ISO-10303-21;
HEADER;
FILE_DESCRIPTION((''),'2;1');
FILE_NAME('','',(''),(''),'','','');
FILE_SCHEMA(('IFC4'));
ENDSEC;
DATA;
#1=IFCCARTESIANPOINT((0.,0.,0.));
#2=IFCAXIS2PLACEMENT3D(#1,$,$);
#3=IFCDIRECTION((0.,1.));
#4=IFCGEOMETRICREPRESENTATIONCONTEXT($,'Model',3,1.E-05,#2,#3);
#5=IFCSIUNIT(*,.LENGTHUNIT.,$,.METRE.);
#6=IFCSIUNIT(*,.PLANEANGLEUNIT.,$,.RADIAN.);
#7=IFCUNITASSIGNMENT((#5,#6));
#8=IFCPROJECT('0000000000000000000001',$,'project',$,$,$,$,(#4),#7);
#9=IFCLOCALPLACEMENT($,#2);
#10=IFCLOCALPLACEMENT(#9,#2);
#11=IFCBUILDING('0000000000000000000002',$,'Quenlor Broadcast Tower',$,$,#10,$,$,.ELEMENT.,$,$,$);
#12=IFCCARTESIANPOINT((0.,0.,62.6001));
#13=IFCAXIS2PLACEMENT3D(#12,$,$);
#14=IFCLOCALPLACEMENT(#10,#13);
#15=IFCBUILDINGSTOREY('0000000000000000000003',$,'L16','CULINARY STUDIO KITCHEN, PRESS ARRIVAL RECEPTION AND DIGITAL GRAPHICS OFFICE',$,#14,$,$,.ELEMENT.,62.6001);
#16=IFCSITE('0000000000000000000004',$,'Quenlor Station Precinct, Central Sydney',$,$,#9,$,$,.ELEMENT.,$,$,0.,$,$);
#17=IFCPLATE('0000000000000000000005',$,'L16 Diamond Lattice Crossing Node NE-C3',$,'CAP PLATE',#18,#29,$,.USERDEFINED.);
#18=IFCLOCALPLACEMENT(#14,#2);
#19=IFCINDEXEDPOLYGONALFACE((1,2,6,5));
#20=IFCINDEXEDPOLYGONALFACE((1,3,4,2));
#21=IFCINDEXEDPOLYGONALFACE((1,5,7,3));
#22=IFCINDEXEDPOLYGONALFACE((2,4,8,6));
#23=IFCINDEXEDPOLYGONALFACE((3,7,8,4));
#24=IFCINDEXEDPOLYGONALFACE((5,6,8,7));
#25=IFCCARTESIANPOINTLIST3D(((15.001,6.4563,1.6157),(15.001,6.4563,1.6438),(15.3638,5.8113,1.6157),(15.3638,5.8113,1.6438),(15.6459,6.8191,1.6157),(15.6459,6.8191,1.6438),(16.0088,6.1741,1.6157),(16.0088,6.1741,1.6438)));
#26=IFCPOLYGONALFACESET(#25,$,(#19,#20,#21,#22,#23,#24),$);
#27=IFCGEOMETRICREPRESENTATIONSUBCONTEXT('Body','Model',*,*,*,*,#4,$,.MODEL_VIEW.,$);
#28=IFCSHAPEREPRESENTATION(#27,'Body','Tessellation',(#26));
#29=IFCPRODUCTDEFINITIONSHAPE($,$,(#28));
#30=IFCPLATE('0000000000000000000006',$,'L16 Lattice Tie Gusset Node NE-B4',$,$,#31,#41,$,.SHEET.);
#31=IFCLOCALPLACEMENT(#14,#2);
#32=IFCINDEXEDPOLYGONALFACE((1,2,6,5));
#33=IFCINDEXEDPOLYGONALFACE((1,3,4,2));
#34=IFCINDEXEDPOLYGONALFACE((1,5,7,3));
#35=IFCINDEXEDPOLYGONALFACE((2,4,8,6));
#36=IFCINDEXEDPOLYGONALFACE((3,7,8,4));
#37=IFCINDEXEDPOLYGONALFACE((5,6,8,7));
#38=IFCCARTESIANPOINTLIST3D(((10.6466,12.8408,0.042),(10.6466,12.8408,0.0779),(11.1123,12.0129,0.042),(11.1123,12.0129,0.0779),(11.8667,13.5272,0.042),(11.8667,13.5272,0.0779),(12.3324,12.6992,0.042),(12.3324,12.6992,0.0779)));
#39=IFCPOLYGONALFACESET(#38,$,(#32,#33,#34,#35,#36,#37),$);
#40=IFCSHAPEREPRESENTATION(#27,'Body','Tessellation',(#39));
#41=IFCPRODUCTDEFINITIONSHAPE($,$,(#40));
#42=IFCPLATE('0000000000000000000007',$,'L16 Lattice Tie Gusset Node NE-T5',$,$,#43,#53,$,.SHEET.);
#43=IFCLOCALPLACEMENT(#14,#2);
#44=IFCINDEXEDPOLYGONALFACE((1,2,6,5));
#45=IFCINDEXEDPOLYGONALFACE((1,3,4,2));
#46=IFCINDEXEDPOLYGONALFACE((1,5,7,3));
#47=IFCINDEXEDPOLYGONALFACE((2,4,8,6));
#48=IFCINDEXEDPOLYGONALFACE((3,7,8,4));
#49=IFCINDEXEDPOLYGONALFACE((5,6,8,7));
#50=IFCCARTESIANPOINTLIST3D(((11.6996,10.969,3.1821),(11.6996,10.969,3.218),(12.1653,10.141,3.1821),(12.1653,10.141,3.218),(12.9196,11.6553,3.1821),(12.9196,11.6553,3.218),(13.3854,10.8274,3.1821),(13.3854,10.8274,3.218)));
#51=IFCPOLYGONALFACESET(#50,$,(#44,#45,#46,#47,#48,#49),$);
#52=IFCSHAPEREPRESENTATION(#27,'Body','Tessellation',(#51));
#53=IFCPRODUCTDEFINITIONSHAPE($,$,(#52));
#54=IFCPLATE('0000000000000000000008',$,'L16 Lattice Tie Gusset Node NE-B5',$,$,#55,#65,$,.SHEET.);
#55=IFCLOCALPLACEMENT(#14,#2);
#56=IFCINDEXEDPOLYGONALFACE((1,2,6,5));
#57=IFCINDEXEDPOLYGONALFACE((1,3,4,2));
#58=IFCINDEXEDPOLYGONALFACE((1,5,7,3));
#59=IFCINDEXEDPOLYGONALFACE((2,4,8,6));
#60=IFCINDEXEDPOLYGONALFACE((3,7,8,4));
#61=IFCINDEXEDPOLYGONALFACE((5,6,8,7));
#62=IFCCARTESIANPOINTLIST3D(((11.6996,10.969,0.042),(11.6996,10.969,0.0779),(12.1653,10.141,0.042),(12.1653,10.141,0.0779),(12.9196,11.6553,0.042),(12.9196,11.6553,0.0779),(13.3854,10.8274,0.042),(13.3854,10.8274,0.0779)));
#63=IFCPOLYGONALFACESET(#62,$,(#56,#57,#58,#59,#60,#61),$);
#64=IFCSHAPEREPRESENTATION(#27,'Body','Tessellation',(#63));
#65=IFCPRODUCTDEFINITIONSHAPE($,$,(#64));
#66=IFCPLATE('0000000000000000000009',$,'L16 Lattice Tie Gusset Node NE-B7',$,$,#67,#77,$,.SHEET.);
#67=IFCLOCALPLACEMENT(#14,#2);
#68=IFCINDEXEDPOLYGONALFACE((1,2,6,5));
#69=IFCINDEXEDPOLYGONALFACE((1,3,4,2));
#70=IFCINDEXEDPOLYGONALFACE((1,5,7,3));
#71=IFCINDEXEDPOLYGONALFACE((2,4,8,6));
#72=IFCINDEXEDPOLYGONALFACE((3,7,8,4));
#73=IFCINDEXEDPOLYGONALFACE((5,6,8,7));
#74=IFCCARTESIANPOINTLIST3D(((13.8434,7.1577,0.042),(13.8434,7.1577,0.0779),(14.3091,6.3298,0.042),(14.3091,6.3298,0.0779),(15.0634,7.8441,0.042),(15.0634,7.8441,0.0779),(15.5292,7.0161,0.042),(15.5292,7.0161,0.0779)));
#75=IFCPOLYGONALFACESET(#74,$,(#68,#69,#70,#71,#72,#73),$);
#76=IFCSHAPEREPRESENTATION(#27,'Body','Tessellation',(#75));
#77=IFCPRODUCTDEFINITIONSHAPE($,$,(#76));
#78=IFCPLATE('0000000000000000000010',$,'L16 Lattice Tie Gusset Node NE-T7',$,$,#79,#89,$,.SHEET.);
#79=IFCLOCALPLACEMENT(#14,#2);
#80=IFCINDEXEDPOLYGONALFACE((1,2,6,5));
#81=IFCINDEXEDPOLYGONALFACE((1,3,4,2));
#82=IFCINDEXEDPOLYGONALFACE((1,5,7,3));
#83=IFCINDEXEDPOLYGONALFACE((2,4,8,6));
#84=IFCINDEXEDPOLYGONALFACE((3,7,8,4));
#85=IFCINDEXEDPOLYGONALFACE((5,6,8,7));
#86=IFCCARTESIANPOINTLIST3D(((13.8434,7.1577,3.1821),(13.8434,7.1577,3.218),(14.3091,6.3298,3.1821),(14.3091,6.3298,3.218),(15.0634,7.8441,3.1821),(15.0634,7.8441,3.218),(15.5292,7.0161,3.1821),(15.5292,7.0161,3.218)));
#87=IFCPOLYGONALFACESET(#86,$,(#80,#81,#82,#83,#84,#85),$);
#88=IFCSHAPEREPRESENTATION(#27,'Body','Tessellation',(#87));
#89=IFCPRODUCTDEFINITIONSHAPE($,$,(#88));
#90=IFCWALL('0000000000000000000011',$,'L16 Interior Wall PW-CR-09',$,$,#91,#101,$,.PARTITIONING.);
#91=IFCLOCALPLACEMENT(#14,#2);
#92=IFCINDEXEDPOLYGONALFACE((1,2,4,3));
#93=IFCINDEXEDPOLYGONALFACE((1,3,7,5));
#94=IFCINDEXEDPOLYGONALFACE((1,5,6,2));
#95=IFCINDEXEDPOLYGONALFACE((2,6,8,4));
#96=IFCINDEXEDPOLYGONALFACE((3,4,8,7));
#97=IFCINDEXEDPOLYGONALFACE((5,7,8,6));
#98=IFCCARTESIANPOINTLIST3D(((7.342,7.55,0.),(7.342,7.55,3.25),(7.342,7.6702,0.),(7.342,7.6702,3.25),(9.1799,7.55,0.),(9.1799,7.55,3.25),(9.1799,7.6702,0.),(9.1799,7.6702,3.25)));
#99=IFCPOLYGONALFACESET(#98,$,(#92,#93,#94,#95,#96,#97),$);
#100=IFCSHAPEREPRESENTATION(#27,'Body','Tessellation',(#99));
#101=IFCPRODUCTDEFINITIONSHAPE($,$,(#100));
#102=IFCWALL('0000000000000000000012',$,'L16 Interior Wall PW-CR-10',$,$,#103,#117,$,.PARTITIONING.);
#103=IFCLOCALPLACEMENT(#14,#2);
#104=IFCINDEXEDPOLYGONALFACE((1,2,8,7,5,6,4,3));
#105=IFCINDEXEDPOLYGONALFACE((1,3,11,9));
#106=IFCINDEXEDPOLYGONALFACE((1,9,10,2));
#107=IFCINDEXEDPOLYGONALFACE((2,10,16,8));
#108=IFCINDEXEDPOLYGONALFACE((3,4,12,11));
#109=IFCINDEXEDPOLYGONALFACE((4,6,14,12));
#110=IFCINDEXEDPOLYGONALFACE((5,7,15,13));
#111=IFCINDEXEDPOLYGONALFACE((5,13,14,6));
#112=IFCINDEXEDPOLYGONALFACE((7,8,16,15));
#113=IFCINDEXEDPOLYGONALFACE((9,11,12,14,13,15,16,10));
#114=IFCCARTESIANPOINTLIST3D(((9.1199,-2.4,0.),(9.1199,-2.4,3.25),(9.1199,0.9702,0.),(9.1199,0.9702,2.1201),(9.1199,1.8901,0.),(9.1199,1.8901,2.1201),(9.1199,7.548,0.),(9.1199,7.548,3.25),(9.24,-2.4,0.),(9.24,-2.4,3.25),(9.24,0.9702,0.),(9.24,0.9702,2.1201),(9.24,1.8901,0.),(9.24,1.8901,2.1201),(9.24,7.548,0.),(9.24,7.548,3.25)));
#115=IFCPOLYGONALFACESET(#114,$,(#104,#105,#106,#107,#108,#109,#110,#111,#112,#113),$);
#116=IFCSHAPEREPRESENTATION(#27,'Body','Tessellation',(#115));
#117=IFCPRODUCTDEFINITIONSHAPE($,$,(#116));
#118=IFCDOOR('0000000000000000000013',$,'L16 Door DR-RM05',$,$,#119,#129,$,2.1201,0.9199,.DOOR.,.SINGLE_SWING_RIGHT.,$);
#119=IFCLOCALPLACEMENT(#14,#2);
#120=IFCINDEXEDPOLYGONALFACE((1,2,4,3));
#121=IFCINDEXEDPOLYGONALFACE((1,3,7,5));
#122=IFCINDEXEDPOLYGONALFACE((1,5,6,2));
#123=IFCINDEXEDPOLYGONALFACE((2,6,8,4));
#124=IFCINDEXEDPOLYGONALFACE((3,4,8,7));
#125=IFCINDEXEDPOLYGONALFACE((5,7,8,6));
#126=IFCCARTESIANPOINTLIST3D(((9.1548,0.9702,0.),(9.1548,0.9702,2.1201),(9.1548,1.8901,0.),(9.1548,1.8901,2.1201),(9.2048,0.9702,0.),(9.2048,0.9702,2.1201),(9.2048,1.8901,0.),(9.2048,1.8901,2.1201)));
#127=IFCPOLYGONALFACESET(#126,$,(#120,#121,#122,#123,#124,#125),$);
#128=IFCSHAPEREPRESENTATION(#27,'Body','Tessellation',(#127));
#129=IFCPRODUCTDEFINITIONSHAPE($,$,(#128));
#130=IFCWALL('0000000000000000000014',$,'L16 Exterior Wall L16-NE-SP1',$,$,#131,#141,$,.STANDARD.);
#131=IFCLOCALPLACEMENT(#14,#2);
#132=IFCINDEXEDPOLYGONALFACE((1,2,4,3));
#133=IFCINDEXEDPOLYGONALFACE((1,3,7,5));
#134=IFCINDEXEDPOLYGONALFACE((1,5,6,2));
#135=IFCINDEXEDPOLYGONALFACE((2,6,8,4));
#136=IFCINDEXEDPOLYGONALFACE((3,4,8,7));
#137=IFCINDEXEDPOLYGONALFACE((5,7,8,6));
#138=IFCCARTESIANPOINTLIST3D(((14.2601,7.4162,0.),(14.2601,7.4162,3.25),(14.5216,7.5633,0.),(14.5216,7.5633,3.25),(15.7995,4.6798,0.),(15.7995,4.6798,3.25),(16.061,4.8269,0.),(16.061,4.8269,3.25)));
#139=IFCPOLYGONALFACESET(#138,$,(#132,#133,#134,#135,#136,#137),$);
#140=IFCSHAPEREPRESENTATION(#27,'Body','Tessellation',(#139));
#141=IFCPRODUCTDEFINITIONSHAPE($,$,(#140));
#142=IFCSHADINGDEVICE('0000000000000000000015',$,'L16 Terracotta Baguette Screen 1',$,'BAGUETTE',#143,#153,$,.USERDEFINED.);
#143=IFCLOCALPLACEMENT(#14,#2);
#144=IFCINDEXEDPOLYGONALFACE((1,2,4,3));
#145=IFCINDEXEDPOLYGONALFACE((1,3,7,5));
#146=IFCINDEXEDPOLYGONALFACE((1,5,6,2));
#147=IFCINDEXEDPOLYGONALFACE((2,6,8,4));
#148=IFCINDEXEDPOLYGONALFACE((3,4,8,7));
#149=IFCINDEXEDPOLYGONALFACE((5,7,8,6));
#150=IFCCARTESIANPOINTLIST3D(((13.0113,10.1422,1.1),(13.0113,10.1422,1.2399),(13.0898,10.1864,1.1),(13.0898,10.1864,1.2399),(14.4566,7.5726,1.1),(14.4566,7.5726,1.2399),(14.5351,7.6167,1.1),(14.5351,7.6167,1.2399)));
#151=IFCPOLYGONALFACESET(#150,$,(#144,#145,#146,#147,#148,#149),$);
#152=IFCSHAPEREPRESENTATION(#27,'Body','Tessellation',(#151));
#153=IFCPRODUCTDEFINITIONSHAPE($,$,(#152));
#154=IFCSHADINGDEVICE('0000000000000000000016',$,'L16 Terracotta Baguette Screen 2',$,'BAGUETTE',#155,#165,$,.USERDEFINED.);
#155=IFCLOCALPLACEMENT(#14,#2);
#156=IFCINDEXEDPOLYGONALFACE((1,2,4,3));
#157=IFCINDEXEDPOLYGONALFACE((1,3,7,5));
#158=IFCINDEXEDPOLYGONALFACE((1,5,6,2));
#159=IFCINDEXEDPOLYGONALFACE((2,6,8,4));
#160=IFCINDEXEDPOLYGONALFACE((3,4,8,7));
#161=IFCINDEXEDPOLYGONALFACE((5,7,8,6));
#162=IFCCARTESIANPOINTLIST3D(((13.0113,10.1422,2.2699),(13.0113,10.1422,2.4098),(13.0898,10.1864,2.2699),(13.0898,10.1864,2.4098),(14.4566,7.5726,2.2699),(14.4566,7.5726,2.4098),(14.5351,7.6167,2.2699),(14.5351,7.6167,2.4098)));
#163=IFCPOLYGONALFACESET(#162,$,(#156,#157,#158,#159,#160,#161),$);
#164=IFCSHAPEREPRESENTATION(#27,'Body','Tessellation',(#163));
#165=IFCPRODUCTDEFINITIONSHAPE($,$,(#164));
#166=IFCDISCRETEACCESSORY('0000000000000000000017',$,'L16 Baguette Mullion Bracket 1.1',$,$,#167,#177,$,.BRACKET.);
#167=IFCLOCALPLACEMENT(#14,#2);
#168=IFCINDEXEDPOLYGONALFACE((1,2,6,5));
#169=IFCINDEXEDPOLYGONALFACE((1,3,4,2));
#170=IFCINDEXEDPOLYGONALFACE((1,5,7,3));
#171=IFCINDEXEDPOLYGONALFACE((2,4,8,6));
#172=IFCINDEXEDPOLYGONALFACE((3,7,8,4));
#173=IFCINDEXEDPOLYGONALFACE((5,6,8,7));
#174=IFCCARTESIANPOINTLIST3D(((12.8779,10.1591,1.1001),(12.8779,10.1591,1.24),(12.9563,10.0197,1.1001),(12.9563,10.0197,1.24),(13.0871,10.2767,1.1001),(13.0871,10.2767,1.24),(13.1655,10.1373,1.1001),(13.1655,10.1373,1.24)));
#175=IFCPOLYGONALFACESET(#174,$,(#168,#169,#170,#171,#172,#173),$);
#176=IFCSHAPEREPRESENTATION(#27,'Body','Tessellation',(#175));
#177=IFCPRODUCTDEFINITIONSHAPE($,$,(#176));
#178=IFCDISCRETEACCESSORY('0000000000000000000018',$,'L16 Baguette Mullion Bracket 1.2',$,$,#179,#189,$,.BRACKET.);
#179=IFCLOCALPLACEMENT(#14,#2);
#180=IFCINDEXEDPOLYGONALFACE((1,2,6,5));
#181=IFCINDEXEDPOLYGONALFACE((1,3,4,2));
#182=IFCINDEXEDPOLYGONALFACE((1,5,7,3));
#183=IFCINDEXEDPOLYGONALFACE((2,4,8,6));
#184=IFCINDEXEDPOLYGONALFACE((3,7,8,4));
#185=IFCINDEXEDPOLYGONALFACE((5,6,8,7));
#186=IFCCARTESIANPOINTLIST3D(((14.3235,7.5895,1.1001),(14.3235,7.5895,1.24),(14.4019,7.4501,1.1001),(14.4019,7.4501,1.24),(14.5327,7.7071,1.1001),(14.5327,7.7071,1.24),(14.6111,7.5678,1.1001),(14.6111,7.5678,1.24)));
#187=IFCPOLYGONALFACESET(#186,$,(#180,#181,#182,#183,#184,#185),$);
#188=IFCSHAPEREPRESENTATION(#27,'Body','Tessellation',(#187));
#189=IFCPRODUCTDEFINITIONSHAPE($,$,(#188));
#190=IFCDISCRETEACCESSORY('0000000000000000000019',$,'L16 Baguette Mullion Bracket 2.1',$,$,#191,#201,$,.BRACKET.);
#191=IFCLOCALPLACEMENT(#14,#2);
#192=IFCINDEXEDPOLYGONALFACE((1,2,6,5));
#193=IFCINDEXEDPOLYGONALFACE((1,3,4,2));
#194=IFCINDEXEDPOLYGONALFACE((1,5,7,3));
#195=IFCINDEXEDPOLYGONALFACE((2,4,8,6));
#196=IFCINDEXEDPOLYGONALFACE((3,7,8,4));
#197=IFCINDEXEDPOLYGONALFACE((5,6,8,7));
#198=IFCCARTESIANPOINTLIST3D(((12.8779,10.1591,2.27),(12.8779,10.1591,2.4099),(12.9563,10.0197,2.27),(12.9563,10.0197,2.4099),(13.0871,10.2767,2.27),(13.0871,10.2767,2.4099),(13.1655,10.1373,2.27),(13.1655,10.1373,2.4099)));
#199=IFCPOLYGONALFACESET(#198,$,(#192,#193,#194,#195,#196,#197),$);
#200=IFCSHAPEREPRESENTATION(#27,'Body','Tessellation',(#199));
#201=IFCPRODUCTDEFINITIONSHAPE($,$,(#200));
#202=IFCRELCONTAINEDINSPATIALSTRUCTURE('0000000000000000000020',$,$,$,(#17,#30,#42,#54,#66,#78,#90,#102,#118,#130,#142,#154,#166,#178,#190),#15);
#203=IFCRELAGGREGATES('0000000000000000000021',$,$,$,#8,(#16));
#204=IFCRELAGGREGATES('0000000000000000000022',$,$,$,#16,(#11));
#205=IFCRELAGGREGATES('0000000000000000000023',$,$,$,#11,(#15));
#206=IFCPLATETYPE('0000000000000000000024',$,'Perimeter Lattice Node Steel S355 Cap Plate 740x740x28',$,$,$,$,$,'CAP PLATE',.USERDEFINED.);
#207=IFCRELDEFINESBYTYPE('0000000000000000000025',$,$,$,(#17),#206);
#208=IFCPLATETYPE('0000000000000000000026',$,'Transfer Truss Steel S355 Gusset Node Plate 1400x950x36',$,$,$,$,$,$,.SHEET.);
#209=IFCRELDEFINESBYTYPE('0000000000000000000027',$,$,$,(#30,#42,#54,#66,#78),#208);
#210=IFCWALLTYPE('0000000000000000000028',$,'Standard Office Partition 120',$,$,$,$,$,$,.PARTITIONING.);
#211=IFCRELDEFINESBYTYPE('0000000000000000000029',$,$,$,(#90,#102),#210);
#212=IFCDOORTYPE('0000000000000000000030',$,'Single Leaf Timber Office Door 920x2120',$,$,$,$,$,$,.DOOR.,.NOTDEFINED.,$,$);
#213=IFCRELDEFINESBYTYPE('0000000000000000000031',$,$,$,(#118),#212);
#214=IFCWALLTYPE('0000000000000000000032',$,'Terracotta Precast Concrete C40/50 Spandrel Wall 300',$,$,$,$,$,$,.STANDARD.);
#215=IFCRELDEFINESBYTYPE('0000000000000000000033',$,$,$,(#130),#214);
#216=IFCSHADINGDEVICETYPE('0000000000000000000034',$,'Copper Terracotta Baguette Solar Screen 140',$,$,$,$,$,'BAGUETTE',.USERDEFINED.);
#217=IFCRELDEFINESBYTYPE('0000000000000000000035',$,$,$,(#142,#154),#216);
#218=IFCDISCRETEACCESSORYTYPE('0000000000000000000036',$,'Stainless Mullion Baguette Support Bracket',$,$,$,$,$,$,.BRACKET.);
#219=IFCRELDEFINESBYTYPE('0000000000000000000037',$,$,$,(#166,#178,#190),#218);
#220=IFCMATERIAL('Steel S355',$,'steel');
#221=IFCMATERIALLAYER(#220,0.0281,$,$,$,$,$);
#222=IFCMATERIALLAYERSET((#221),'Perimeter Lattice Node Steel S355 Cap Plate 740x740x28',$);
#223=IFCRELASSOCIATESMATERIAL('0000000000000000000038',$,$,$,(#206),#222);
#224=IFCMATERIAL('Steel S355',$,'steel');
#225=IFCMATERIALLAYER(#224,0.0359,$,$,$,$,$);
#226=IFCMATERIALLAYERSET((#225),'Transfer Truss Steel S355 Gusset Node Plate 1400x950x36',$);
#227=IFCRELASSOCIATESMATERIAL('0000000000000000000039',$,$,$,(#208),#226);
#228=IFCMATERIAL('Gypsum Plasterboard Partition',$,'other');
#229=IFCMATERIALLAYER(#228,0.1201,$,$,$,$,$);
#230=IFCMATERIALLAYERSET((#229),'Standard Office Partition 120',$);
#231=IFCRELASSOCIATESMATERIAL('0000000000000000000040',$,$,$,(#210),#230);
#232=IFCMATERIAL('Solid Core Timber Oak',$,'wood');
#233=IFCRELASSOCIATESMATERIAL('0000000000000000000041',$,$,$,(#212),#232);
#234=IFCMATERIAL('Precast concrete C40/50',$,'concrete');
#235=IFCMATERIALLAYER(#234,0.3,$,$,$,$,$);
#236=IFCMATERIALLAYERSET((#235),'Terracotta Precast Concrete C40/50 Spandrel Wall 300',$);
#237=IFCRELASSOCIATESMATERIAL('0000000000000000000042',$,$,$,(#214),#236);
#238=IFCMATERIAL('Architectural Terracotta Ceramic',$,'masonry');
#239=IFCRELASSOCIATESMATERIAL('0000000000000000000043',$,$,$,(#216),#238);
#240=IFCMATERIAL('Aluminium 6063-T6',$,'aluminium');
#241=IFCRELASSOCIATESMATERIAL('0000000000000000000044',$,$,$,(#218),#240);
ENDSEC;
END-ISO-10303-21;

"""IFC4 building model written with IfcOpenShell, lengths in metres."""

from ifc_helpers import new_model, si_unit, direction, frame, frame_2d, origin, origin_2d, place, context, subcontext, project, spatial, rectangle, extrude, material, layer, layer_set, material_profile, profile_set, type_object, element, fill, save


model = new_model("IFC4")

# Units and contexts
model_context = context("Model", 3, precision=1e-05, world=origin(), true_north=direction((0.0, 1.0)))
body_context = subcontext(model_context, "Body", "Model", "MODEL_VIEW")
ifc_project = project(units=[si_unit("LENGTHUNIT", "METRE"), si_unit("PLANEANGLEUNIT", "RADIAN")], contexts=[model_context])

# Site, building, storey
site_placement = place(None, origin())
site = spatial("IfcSite", under=ifc_project, at=site_placement, Name="Quenlor Station Precinct, Central Sydney", CompositionType="ELEMENT", RefElevation=0.0)
building_placement = place(site_placement, origin())
building = spatial("IfcBuilding", under=site, at=building_placement, Name="Quenlor Broadcast Tower", CompositionType="ELEMENT")
storey_placement = place(building_placement, frame((0.0, 0.0, 62.6001)))
storey = spatial("IfcBuildingStorey", under=building, at=storey_placement, Name="L16", Description="CULINARY STUDIO KITCHEN, PRESS ARRIVAL RECEPTION AND DIGITAL GRAPHICS OFFICE", CompositionType="ELEMENT", Elevation=62.6001)

# Plates
ifc_material_1 = material(Name="Steel S355", Category="steel")
ifc_layer_1 = layer(ifc_material_1, 0.0281)
ifc_layer_set_1 = layer_set([ifc_layer_1], Name="Perimeter Lattice Node Steel S355 Cap Plate 740x740x28")
plate_type_1 = type_object("IfcPlateType", Name="Perimeter Lattice Node Steel S355 Cap Plate 740x740x28", ElementType="CAP PLATE", PredefinedType="USERDEFINED", material=ifc_layer_set_1)
for number, where, z_axis, x_axis, name in (
    (1, (15.5049, 6.3152, 1.6157), (0.0, 0.0, 1.0), (0.490295, -0.871556, 0.0), "L16 Diamond Lattice Crossing Node NE-C3"),
):
    element("IfcPlate", number, at=place(storey_placement, frame(where, z_axis=z_axis, x_axis=x_axis)), inside=storey, type_object=plate_type_1, Name=name, ObjectType="CAP PLATE", PredefinedType="USERDEFINED", context=body_context, shape_type="SweptSolid", body=[
        extrude(rectangle(XDim=0.74, YDim=0.74, at=origin_2d()), origin(), (0.0, 0.0, 1.0), 0.0281),
    ])
ifc_material_2 = material(Name="Steel S355", Category="steel")
ifc_layer_2 = layer(ifc_material_2, 0.0359)
ifc_layer_set_2 = layer_set([ifc_layer_2], Name="Transfer Truss Steel S355 Gusset Node Plate 1400x950x36")
plate_type_2 = type_object("IfcPlateType", Name="Transfer Truss Steel S355 Gusset Node Plate 1400x950x36", PredefinedType="SHEET", material=ifc_layer_set_2)
for number, where, z_axis, x_axis, name in (
    (2, (11.4895, 12.77, 0.042), (0.0, 0.0, 1.0), (0.871556, 0.490295, 0.0), "L16 Lattice Tie Gusset Node NE-B4"),
    (3, (12.5425, 10.8982, 3.1821), (0.0, 0.0, 1.0), (0.871556, 0.490295, 0.0), "L16 Lattice Tie Gusset Node NE-T5"),
    (4, (12.5425, 10.8982, 0.042), (0.0, 0.0, 1.0), (0.871556, 0.490295, 0.0), "L16 Lattice Tie Gusset Node NE-B5"),
    (5, (14.6863, 7.0869, 0.042), (0.0, 0.0, 1.0), (0.871556, 0.490295, 0.0), "L16 Lattice Tie Gusset Node NE-B7"),
    (6, (14.6863, 7.0869, 3.1821), (0.0, 0.0, 1.0), (0.871556, 0.490295, 0.0), "L16 Lattice Tie Gusset Node NE-T7"),
):
    element("IfcPlate", number, at=place(storey_placement, frame(where, z_axis=z_axis, x_axis=x_axis)), inside=storey, type_object=plate_type_2, Name=name, PredefinedType="SHEET", context=body_context, shape_type="SweptSolid", body=[
        extrude(rectangle(XDim=1.3999, YDim=0.95, at=origin_2d()), origin(), (0.0, 0.0, 1.0), 0.0359),
    ])

# Wall
ifc_material_3 = material(Name="Gypsum Plasterboard Partition", Category="other")
ifc_layer_3 = layer(ifc_material_3, 0.1201)
ifc_layer_set_3 = layer_set([ifc_layer_3], Name="Standard Office Partition 120")
wall_type_1 = type_object("IfcWallType", Name="Standard Office Partition 120", PredefinedType="PARTITIONING", material=ifc_layer_set_3)
wall_1_placement = place(storey_placement, frame((7.342, 7.6101, 0.0), z_axis=(0.0, 0.0, 1.0), x_axis=(1.0, 0.0, 0.0)))
element("IfcWall", 7, at=wall_1_placement, inside=storey, type_object=wall_type_1, Name="L16 Interior Wall PW-CR-09", PredefinedType="PARTITIONING", context=body_context, shape_type="SweptSolid", body=[
    extrude(rectangle(XDim=1.8379, YDim=0.1201, at=frame_2d((0.9189, 0.0))), origin(), (0.0, 0.0, 1.0), 3.25),
])

# Wall, opening, door
wall_2_placement = place(storey_placement, frame((9.1799, 7.5481, 0.0), z_axis=(0.0, 0.0, 1.0), x_axis=(0.0, -1.0, 0.0)))
wall_2 = element("IfcWall", 8, at=wall_2_placement, inside=storey, type_object=wall_type_1, Name="L16 Interior Wall PW-CR-10", PredefinedType="PARTITIONING", context=body_context, shape_type="SweptSolid", body=[
    extrude(rectangle(XDim=9.948, YDim=0.1201, at=frame_2d((4.9741, 0.0))), origin(), (0.0, 0.0, 1.0), 3.25),
])
opening_placement = place(wall_2_placement, frame((5.658, 0.0, 0.0)))
opening = element("IfcOpeningElement", 9, at=opening_placement, cuts=wall_2, PredefinedType="OPENING", context=body_context, shape_type="SweptSolid", body=[
    extrude(rectangle(XDim=0.9199, YDim=2.1201, at=frame_2d((0.46, 1.0601))), frame((0.0, 0.0701, 0.0), z_axis=(0.0, -1.0, 0.0), x_axis=(1.0, 0.0, 0.0)), (0.0, 0.0, 1.0), 0.1401),
])
ifc_material_4 = material(Name="Solid Core Timber Oak", Category="wood")
door_type = type_object("IfcDoorType", Name="Single Leaf Timber Office Door 920x2120", OperationType="NOTDEFINED", PredefinedType="DOOR", material=ifc_material_4)
door_placement = place(opening_placement, origin())
door = element("IfcDoor", 10, at=door_placement, inside=storey, type_object=door_type, Name="L16 Door DR-RM05", OperationType="SINGLE_SWING_RIGHT", OverallHeight=2.1201, OverallWidth=0.9199, PredefinedType="DOOR", context=body_context, shape_type="SweptSolid", body=[
    extrude(rectangle(XDim=0.9199, YDim=2.1201, at=frame_2d((0.46, 1.0601))), frame((0.0, 0.0249, 0.0), z_axis=(0.0, -1.0, 0.0), x_axis=(1.0, 0.0, 0.0)), (0.0, 0.0, 1.0), 0.05),
])
fill(opening, door)

# Wall
ifc_material_5 = material(Name="Precast concrete C40/50", Category="concrete")
ifc_layer_4 = layer(ifc_material_5, 0.3)
ifc_layer_set_4 = layer_set([ifc_layer_4], Name="Terracotta Precast Concrete C40/50 Spandrel Wall 300")
wall_type_2 = type_object("IfcWallType", Name="Terracotta Precast Concrete C40/50 Spandrel Wall 300", PredefinedType="STANDARD", material=ifc_layer_set_4)
wall_3_placement = place(storey_placement, frame((14.3909, 7.4897, 0.0), z_axis=(0.0, 0.0, 1.0), x_axis=(0.490291, -0.871559, 0.0)))
element("IfcWall", 11, at=wall_3_placement, inside=storey, type_object=wall_type_2, Name="L16 Exterior Wall L16-NE-SP1", PredefinedType="STANDARD", context=body_context, shape_type="SweptSolid", body=[
    extrude(rectangle(XDim=3.1396, YDim=0.3, at=frame_2d((1.5698, 0.0))), origin(), (0.0, 0.0, 1.0), 3.25),
])

# Shading devices
ifc_material_6 = material(Name="Architectural Terracotta Ceramic", Category="masonry")
ifc_material_profile_1 = material_profile(ifc_material_6, rectangle(XDim=0.0901, YDim=0.1399, at=origin_2d()))
ifc_profile_set_1 = profile_set([ifc_material_profile_1], Name="Architectural Terracotta Ceramic BAG90x140")
shading_device_type = type_object("IfcShadingDeviceType", Name="Copper Terracotta Baguette Solar Screen 140", ElementType="BAGUETTE", PredefinedType="USERDEFINED", material=ifc_profile_set_1)
for number, where, z_axis, x_axis, name in (
    (12, (13.0505, 10.1643, 1.1699), (0.490242, -0.871587, 0.0), (0.871587, 0.490242, 0.0), "L16 Terracotta Baguette Screen 1"),
    (13, (13.0505, 10.1643, 2.3398), (0.490242, -0.871587, 0.0), (0.871587, 0.490242, 0.0), "L16 Terracotta Baguette Screen 2"),
):
    element("IfcShadingDevice", number, at=place(storey_placement, frame(where, z_axis=z_axis, x_axis=x_axis)), inside=storey, type_object=shading_device_type, Name=name, ObjectType="BAGUETTE", PredefinedType="USERDEFINED", context=body_context, shape_type="SweptSolid", body=[
        extrude(rectangle(XDim=0.0901, YDim=0.1399, at=origin_2d()), origin(), (0.0, 0.0, 1.0), 2.9482),
    ])

# Discrete accessories
ifc_material_7 = material(Name="Aluminium 6063-T6", Category="aluminium")
discrete_accessory_type = type_object("IfcDiscreteAccessoryType", Name="Stainless Mullion Baguette Support Bracket", PredefinedType="BRACKET", material=ifc_material_7)
for number, where, z_axis, x_axis, name in (
    (14, (13.0217, 10.1482, 1.1001), (0.0, 0.0, 1.0), (0.490274, -0.871568, 0.0), "L16 Baguette Mullion Bracket 1.1"),
    (15, (14.4673, 7.5786, 1.1001), (0.0, 0.0, 1.0), (0.490274, -0.871568, 0.0), "L16 Baguette Mullion Bracket 1.2"),
    (16, (13.0217, 10.1482, 2.27), (0.0, 0.0, 1.0), (0.490274, -0.871568, 0.0), "L16 Baguette Mullion Bracket 2.1"),
):
    element("IfcDiscreteAccessory", number, at=place(storey_placement, frame(where, z_axis=z_axis, x_axis=x_axis)), inside=storey, type_object=discrete_accessory_type, Name=name, PredefinedType="BRACKET", context=body_context, shape_type="SweptSolid", body=[
        extrude(rectangle(XDim=0.1599, YDim=0.24, at=origin_2d()), origin(), (0.0, 0.0, 1.0), 0.1399),
    ])

save(model, "model.ifc")
